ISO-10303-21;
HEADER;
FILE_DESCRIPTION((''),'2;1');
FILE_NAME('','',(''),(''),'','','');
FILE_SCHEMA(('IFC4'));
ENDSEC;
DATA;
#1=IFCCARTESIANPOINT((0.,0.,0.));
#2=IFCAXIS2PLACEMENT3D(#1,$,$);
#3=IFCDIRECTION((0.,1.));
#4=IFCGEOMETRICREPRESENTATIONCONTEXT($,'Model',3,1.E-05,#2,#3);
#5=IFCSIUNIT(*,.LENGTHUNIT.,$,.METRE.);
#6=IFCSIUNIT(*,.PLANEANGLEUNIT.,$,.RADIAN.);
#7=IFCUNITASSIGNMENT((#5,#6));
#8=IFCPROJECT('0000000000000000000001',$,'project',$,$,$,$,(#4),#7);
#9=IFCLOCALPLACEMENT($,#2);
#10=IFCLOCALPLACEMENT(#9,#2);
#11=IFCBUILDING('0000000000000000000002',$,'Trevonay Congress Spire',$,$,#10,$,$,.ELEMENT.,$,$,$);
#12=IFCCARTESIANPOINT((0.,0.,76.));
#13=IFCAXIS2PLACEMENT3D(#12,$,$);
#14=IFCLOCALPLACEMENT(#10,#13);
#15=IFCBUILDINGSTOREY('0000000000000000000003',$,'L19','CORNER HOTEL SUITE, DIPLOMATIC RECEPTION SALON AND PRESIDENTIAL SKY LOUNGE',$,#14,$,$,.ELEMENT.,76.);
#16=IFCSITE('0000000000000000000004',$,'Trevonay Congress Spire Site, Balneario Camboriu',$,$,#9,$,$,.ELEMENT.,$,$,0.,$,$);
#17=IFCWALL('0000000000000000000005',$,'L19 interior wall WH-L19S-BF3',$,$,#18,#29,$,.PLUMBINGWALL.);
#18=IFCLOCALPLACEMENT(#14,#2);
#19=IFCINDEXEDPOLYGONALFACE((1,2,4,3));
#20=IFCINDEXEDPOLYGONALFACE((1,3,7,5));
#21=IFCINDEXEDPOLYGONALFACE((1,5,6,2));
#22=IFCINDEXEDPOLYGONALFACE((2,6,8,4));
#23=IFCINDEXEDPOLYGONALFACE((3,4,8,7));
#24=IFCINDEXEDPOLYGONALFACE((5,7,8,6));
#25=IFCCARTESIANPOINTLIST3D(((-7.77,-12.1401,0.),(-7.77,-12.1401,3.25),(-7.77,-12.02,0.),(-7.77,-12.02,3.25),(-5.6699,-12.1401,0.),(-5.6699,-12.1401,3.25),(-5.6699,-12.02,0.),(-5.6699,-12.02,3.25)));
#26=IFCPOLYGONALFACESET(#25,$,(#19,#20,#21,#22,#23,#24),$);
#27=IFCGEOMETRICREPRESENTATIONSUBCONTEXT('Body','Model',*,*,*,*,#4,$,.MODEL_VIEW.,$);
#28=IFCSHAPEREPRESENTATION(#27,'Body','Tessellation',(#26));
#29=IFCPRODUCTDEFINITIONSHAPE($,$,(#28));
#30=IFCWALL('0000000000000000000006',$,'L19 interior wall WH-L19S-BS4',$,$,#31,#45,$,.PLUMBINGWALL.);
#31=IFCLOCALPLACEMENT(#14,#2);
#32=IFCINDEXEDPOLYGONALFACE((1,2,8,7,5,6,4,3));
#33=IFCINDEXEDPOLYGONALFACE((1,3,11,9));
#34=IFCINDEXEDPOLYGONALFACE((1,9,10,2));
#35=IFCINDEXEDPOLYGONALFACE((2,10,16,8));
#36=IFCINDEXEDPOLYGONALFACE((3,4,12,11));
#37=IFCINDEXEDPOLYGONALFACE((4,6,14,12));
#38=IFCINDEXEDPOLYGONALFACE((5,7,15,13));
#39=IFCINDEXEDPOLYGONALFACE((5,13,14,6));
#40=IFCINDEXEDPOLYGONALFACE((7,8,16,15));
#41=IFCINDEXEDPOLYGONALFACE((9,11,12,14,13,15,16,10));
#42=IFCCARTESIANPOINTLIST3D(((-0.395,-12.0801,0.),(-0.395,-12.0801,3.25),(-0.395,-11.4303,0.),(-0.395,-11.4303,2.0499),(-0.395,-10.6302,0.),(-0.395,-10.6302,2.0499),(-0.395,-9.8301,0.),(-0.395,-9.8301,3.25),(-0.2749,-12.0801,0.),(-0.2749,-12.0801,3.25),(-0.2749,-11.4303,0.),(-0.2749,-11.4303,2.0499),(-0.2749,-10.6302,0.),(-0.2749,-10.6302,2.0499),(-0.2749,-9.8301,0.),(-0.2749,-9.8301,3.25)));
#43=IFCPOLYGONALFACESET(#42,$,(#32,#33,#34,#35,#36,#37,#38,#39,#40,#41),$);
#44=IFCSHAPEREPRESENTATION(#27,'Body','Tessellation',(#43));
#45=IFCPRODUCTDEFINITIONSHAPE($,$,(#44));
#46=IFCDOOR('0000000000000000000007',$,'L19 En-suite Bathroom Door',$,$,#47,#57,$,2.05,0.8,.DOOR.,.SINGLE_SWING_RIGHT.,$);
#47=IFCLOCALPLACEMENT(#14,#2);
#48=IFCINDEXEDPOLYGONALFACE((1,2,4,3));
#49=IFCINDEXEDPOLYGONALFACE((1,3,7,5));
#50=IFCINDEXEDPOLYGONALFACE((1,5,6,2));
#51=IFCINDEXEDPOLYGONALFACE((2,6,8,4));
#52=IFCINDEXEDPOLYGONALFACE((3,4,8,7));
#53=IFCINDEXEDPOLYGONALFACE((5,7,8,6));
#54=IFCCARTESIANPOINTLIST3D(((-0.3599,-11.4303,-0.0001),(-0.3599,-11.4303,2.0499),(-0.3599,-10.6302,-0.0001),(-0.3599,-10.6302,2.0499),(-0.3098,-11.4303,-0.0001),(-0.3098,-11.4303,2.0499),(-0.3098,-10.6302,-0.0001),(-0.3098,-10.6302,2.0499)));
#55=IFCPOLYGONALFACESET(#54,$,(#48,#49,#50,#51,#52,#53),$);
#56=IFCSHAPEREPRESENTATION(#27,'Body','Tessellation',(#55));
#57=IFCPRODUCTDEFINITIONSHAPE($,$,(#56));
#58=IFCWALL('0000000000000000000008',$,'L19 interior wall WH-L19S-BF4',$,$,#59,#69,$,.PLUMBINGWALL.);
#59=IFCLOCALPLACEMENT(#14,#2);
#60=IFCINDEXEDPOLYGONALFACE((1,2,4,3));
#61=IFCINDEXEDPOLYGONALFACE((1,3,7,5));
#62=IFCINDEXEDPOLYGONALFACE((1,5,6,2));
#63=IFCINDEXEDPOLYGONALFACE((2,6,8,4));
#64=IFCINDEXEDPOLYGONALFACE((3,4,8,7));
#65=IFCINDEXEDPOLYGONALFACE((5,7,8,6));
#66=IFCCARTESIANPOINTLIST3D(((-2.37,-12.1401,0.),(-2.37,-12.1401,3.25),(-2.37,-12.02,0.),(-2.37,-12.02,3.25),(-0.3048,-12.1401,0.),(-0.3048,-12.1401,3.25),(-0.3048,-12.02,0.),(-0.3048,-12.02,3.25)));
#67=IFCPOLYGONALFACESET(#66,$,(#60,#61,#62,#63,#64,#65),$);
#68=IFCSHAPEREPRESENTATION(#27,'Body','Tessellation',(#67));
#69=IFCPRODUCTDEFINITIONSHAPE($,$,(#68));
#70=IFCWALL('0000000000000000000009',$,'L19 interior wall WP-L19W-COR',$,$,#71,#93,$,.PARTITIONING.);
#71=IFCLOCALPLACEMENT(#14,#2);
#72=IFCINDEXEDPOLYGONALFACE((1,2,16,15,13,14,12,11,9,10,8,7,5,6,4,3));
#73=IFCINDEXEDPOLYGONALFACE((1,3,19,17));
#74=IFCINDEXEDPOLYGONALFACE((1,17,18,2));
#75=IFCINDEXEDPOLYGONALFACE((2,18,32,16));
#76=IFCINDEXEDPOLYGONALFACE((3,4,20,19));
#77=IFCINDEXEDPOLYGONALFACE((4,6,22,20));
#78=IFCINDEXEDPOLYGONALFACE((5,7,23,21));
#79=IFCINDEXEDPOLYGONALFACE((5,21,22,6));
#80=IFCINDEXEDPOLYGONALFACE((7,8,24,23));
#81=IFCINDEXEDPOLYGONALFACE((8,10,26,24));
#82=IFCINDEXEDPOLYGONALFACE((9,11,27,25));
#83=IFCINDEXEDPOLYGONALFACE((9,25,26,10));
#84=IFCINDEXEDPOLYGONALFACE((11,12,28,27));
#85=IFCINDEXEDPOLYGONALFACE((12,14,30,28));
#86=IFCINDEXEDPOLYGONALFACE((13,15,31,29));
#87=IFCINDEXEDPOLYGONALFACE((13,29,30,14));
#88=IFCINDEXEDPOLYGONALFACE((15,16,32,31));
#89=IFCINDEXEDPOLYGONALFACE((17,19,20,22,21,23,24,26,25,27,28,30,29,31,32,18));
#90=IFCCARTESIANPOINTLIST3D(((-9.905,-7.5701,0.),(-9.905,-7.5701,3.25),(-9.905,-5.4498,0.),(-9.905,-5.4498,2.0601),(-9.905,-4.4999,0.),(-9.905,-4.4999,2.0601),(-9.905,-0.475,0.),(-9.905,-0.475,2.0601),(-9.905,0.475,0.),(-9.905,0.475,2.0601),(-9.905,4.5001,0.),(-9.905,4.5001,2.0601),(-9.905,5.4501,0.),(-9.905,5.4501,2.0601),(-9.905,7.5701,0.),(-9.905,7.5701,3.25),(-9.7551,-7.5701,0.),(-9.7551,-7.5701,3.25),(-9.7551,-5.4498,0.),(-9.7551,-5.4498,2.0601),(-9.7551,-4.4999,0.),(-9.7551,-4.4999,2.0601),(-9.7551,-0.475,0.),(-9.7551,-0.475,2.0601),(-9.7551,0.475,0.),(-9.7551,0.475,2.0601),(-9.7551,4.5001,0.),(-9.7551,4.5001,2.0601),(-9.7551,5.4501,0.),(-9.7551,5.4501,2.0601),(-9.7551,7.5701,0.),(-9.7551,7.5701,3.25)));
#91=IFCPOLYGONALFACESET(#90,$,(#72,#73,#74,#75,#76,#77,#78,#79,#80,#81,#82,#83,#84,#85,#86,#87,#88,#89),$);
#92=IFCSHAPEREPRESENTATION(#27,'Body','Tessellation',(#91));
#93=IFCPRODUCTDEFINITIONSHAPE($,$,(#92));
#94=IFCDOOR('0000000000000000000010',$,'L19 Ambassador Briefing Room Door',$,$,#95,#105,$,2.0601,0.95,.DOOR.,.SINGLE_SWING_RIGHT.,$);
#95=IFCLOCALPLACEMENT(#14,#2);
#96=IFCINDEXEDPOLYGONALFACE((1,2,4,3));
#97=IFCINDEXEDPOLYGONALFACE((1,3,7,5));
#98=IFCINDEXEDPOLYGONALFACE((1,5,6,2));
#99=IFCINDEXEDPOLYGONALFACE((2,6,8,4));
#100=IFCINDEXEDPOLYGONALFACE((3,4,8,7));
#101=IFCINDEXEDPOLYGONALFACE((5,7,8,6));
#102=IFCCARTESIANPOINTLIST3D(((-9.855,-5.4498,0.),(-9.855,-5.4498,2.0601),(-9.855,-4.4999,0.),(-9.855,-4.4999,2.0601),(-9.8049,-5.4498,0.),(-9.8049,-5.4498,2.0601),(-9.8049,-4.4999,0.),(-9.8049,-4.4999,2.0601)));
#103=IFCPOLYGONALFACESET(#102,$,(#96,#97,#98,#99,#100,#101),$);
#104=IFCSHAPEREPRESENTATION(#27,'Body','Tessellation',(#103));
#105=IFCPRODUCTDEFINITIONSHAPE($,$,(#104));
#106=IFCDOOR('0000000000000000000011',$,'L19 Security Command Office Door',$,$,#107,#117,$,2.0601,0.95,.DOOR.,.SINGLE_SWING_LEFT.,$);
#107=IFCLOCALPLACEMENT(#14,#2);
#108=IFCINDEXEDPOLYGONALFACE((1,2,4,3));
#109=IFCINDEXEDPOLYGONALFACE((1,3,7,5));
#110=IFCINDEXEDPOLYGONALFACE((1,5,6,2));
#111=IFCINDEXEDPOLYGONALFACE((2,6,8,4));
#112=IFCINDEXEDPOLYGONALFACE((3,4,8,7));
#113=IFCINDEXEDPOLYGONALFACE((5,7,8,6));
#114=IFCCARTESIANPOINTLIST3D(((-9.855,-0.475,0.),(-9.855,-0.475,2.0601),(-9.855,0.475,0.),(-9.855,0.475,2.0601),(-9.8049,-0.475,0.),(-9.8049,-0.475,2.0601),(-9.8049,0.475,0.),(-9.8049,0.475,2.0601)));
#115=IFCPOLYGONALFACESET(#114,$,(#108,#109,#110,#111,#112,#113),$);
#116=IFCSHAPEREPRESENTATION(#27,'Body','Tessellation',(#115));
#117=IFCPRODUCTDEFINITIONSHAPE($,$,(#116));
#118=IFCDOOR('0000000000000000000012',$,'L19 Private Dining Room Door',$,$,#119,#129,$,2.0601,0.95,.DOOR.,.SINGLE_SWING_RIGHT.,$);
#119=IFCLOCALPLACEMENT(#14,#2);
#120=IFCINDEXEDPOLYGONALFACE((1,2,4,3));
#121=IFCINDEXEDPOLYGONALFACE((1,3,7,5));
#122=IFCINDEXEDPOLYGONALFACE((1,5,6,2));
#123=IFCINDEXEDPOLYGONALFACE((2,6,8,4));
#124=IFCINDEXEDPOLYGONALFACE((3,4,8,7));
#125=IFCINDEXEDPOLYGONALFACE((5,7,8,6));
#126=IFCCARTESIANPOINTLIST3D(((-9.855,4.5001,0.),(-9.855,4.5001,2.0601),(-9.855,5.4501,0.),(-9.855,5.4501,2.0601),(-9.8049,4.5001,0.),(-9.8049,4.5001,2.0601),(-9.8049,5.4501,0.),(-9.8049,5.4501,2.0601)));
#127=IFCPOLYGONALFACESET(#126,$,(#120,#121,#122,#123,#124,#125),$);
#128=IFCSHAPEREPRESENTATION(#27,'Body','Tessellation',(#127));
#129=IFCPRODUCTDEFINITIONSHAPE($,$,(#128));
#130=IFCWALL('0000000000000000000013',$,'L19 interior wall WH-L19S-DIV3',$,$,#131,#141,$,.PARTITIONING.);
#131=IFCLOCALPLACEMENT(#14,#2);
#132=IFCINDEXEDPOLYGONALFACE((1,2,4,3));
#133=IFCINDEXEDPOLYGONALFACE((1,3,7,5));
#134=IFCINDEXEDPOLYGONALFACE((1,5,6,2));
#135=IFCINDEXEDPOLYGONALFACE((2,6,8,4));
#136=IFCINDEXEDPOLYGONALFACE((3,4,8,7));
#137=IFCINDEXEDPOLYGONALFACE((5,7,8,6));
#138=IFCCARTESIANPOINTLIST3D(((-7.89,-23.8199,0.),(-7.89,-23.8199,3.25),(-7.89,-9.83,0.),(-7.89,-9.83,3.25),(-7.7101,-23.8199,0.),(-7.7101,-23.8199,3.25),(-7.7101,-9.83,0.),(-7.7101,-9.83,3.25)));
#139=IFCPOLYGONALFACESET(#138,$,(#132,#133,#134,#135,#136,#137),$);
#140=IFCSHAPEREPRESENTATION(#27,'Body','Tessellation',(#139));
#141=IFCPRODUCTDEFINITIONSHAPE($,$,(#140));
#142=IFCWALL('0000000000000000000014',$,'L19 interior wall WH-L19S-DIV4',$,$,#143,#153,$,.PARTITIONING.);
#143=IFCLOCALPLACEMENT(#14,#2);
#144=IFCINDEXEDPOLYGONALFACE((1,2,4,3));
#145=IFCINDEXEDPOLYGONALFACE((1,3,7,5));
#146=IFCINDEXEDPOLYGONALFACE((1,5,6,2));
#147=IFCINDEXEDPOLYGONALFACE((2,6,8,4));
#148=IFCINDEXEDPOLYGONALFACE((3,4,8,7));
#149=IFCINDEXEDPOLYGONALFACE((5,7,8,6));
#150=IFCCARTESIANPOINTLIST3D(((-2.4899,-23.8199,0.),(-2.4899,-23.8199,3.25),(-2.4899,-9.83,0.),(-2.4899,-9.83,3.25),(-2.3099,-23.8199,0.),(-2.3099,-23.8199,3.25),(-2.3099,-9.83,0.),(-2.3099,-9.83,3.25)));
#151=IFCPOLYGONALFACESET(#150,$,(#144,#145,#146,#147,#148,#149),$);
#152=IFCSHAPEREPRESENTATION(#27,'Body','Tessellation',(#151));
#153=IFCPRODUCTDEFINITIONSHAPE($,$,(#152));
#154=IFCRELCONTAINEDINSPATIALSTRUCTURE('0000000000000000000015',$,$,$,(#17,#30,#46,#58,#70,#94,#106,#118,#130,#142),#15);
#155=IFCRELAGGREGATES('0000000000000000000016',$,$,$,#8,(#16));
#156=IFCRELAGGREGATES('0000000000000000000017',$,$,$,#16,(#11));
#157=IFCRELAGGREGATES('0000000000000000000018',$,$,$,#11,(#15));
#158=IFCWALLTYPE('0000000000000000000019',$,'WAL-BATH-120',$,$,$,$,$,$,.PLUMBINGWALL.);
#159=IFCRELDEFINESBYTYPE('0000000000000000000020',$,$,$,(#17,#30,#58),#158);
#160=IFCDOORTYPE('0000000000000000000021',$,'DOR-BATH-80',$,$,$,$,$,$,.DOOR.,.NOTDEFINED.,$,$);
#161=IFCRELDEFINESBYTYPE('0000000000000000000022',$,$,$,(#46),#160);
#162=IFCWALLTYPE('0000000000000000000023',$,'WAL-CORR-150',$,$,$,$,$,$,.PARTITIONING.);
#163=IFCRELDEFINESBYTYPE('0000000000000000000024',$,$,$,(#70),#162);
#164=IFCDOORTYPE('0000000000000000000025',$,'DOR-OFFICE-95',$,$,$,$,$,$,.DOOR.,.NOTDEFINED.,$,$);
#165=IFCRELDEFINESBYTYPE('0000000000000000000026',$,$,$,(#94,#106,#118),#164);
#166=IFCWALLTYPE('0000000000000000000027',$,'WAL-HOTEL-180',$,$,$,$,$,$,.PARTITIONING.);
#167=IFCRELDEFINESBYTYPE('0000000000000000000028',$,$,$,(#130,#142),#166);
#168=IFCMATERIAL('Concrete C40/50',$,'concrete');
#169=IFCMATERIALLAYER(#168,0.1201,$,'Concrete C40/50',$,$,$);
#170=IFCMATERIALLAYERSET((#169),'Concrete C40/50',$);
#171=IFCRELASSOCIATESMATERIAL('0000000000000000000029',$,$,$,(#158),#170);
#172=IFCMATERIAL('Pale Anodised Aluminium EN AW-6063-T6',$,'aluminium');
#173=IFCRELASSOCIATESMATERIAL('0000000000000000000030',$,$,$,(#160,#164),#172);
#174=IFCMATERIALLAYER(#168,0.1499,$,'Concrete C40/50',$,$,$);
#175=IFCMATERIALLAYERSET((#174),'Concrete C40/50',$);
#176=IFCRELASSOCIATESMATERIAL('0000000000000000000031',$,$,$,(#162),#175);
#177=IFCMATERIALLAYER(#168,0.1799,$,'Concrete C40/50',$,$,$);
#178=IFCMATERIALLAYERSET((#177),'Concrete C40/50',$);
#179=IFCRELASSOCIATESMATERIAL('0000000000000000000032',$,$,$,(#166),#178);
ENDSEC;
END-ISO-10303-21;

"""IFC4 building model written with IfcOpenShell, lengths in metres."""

from ifc_helpers import new_model, si_unit, direction, frame, frame_2d, origin, place, context, subcontext, project, spatial, rectangle, extrude, material, layer, layer_set, type_object, element, fill, save


model = new_model("IFC4")

# Units and contexts
model_context = context("Model", 3, precision=1e-05, world=origin(), true_north=direction((0.0, 1.0)))
body_context = subcontext(model_context, "Body", "Model", "MODEL_VIEW")
ifc_project = project(units=[si_unit("LENGTHUNIT", "METRE"), si_unit("PLANEANGLEUNIT", "RADIAN")], contexts=[model_context])

# Site, building, storey
site_placement = place(None, origin())
site = spatial("IfcSite", under=ifc_project, at=site_placement, Name="Trevonay Congress Spire Site, Balneario Camboriu", CompositionType="ELEMENT", RefElevation=0.0)
building_placement = place(site_placement, origin())
building = spatial("IfcBuilding", under=site, at=building_placement, Name="Trevonay Congress Spire", CompositionType="ELEMENT")
storey_placement = place(building_placement, frame((0.0, 0.0, 76.0)))
storey = spatial("IfcBuildingStorey", under=building, at=storey_placement, Name="L19", Description="CORNER HOTEL SUITE, DIPLOMATIC RECEPTION SALON AND PRESIDENTIAL SKY LOUNGE", CompositionType="ELEMENT", Elevation=76.0)

# Shared definitions
ifc_material_1 = material(Name="Pale Anodised Aluminium EN AW-6063-T6", Category="aluminium")

# Shared definitions
ifc_material_2 = material(Name="Concrete C40/50", Category="concrete")
ifc_layer_1 = layer(ifc_material_2, 0.1201, Name="Concrete C40/50")
ifc_layer_set_1 = layer_set([ifc_layer_1], Name="Concrete C40/50")
wall_type_1 = type_object("IfcWallType", Name="WAL-BATH-120", PredefinedType="PLUMBINGWALL", material=ifc_layer_set_1)
door_type_1 = type_object("IfcDoorType", Name="DOR-BATH-80", OperationType="NOTDEFINED", PredefinedType="DOOR", material=ifc_material_1)

# Wall
wall_1_placement = place(storey_placement, frame((-7.77, -12.0801, 0.0), z_axis=(0.0, 0.0, 1.0), x_axis=(1.0, 0.0, 0.0)))
element("IfcWall", 1, at=wall_1_placement, inside=storey, type_object=wall_type_1, Name="L19 interior wall WH-L19S-BF3", PredefinedType="PLUMBINGWALL", context=body_context, shape_type="SweptSolid", body=[
    extrude(rectangle(XDim=2.1001, YDim=0.1201, at=frame_2d((1.05, 0.0))), origin(), (0.0, 0.0, 1.0), 3.25),
])

# Wall, opening, door
wall_2_placement = place(storey_placement, frame((-0.335, -12.0801, 0.0), z_axis=(0.0, 0.0, 1.0), x_axis=(0.0, 1.0, 0.0)))
wall_2 = element("IfcWall", 2, at=wall_2_placement, inside=storey, type_object=wall_type_1, Name="L19 interior wall WH-L19S-BS4", PredefinedType="PLUMBINGWALL", context=body_context, shape_type="SweptSolid", body=[
    extrude(rectangle(XDim=2.25, YDim=0.1201, at=frame_2d((1.125, 0.0))), origin(), (0.0, 0.0, 1.0), 3.25),
])
opening_1_placement = place(wall_2_placement, frame((0.6499, 0.0, 0.0)))
opening_1 = element("IfcOpeningElement", 3, at=opening_1_placement, cuts=wall_2, PredefinedType="OPENING", context=body_context, shape_type="SweptSolid", body=[
    extrude(rectangle(XDim=0.8, YDim=2.05, at=frame_2d((0.3999, 1.0249))), frame((0.0, 0.0701, 0.0), z_axis=(0.0, -1.0, 0.0), x_axis=(1.0, 0.0, 0.0)), (0.0, 0.0, 1.0), 0.1401),
])
door_1_placement = place(opening_1_placement, origin())
door_1 = element("IfcDoor", 4, at=door_1_placement, inside=storey, type_object=door_type_1, Name="L19 En-suite Bathroom Door", OperationType="SINGLE_SWING_RIGHT", OverallHeight=2.05, OverallWidth=0.8, PredefinedType="DOOR", context=body_context, shape_type="SweptSolid", body=[
    extrude(rectangle(XDim=0.8, YDim=2.05, at=frame_2d((0.3999, 1.0249))), frame((0.0, 0.0249, 0.0), z_axis=(0.0, -1.0, 0.0), x_axis=(1.0, 0.0, 0.0)), (0.0, 0.0, 1.0), 0.05),
])
fill(opening_1, door_1)

# Wall
wall_3_placement = place(storey_placement, frame((-2.3701, -12.0801, 0.0), z_axis=(0.0, 0.0, 1.0), x_axis=(1.0, 0.0, 0.0)))
element("IfcWall", 5, at=wall_3_placement, inside=storey, type_object=wall_type_1, Name="L19 interior wall WH-L19S-BF4", PredefinedType="PLUMBINGWALL", context=body_context, shape_type="SweptSolid", body=[
    extrude(rectangle(XDim=2.0652, YDim=0.1201, at=frame_2d((1.0327, 0.0))), origin(), (0.0, 0.0, 1.0), 3.25),
])

# Wall, openings, doors
ifc_layer_2 = layer(ifc_material_2, 0.1499, Name="Concrete C40/50")
ifc_layer_set_2 = layer_set([ifc_layer_2], Name="Concrete C40/50")
wall_type_2 = type_object("IfcWallType", Name="WAL-CORR-150", PredefinedType="PARTITIONING", material=ifc_layer_set_2)
wall_4_placement = place(storey_placement, frame((-9.8301, -7.5701, 0.0), z_axis=(0.0, 0.0, 1.0), x_axis=(0.0, 1.0, 0.0)))
wall_4 = element("IfcWall", 6, at=wall_4_placement, inside=storey, type_object=wall_type_2, Name="L19 interior wall WP-L19W-COR", PredefinedType="PARTITIONING", context=body_context, shape_type="SweptSolid", body=[
    extrude(rectangle(XDim=15.1401, YDim=0.1499, at=frame_2d((7.5701, 0.0))), origin(), (0.0, 0.0, 1.0), 3.25),
])
opening_2_placement = place(wall_4_placement, frame((2.1201, 0.0, 0.0)))
opening_2 = element("IfcOpeningElement", 7, at=opening_2_placement, cuts=wall_4, PredefinedType="OPENING", context=body_context, shape_type="SweptSolid", body=[
    extrude(rectangle(XDim=0.95, YDim=2.0601, at=frame_2d((0.4751, 1.03))), frame((0.0, 0.085, 0.0), z_axis=(0.0, -1.0, 0.0), x_axis=(1.0, 0.0, 0.0)), (0.0, 0.0, 1.0), 0.1699),
])
opening_3_placement = place(wall_4_placement, frame((7.095, 0.0, 0.0)))
opening_3 = element("IfcOpeningElement", 8, at=opening_3_placement, cuts=wall_4, PredefinedType="OPENING", context=body_context, shape_type="SweptSolid", body=[
    extrude(rectangle(XDim=0.95, YDim=2.0601, at=frame_2d((0.4751, 1.03))), frame((0.0, 0.085, 0.0), z_axis=(0.0, -1.0, 0.0), x_axis=(1.0, 0.0, 0.0)), (0.0, 0.0, 1.0), 0.1699),
])
opening_4_placement = place(wall_4_placement, frame((12.0701, 0.0, 0.0)))
opening_4 = element("IfcOpeningElement", 9, at=opening_4_placement, cuts=wall_4, PredefinedType="OPENING", context=body_context, shape_type="SweptSolid", body=[
    extrude(rectangle(XDim=0.95, YDim=2.0601, at=frame_2d((0.4751, 1.03))), frame((0.0, 0.085, 0.0), z_axis=(0.0, -1.0, 0.0), x_axis=(1.0, 0.0, 0.0)), (0.0, 0.0, 1.0), 0.1699),
])
door_type_2 = type_object("IfcDoorType", Name="DOR-OFFICE-95", OperationType="NOTDEFINED", PredefinedType="DOOR", material=ifc_material_1)
door_2_placement = place(opening_2_placement, origin())
door_2 = element("IfcDoor", 10, at=door_2_placement, inside=storey, type_object=door_type_2, Name="L19 Ambassador Briefing Room Door", OperationType="SINGLE_SWING_RIGHT", OverallHeight=2.0601, OverallWidth=0.95, PredefinedType="DOOR", context=body_context, shape_type="SweptSolid", body=[
    extrude(rectangle(XDim=0.95, YDim=2.0601, at=frame_2d((0.4751, 1.03))), frame((0.0, 0.0249, 0.0), z_axis=(0.0, -1.0, 0.0), x_axis=(1.0, 0.0, 0.0)), (0.0, 0.0, 1.0), 0.05),
])
fill(opening_2, door_2)
door_3_placement = place(opening_3_placement, origin())
door_3 = element("IfcDoor", 11, at=door_3_placement, inside=storey, type_object=door_type_2, Name="L19 Security Command Office Door", OperationType="SINGLE_SWING_LEFT", OverallHeight=2.0601, OverallWidth=0.95, PredefinedType="DOOR", context=body_context, shape_type="SweptSolid", body=[
    extrude(rectangle(XDim=0.95, YDim=2.0601, at=frame_2d((0.4751, 1.03))), frame((0.0, 0.0249, 0.0), z_axis=(0.0, -1.0, 0.0), x_axis=(1.0, 0.0, 0.0)), (0.0, 0.0, 1.0), 0.05),
])
fill(opening_3, door_3)
door_4_placement = place(opening_4_placement, origin())
door_4 = element("IfcDoor", 12, at=door_4_placement, inside=storey, type_object=door_type_2, Name="L19 Private Dining Room Door", OperationType="SINGLE_SWING_RIGHT", OverallHeight=2.0601, OverallWidth=0.95, PredefinedType="DOOR", context=body_context, shape_type="SweptSolid", body=[
    extrude(rectangle(XDim=0.95, YDim=2.0601, at=frame_2d((0.4751, 1.03))), frame((0.0, 0.0249, 0.0), z_axis=(0.0, -1.0, 0.0), x_axis=(1.0, 0.0, 0.0)), (0.0, 0.0, 1.0), 0.05),
])
fill(opening_4, door_4)

# Walls
ifc_layer_3 = layer(ifc_material_2, 0.1799, Name="Concrete C40/50")
ifc_layer_set_3 = layer_set([ifc_layer_3], Name="Concrete C40/50")
wall_type_3 = type_object("IfcWallType", Name="WAL-HOTEL-180", PredefinedType="PARTITIONING", material=ifc_layer_set_3)
for number, where, z_axis, x_axis, name in (
    (13, (-7.8, -23.8201, 0.0), (0.0, 0.0, 1.0), (0.0, 1.0, 0.0), "L19 interior wall WH-L19S-DIV3"),
    (14, (-2.3999, -23.8201, 0.0), (0.0, 0.0, 1.0), (0.0, 1.0, 0.0), "L19 interior wall WH-L19S-DIV4"),
):
    element("IfcWall", number, at=place(storey_placement, frame(where, z_axis=z_axis, x_axis=x_axis)), inside=storey, type_object=wall_type_3, Name=name, PredefinedType="PARTITIONING", context=body_context, shape_type="SweptSolid", body=[
        extrude(rectangle(XDim=13.99, YDim=0.1799, at=frame_2d((6.9951, 0.0))), origin(), (0.0, 0.0, 1.0), 3.25),
    ])

save(model, "model.ifc")
